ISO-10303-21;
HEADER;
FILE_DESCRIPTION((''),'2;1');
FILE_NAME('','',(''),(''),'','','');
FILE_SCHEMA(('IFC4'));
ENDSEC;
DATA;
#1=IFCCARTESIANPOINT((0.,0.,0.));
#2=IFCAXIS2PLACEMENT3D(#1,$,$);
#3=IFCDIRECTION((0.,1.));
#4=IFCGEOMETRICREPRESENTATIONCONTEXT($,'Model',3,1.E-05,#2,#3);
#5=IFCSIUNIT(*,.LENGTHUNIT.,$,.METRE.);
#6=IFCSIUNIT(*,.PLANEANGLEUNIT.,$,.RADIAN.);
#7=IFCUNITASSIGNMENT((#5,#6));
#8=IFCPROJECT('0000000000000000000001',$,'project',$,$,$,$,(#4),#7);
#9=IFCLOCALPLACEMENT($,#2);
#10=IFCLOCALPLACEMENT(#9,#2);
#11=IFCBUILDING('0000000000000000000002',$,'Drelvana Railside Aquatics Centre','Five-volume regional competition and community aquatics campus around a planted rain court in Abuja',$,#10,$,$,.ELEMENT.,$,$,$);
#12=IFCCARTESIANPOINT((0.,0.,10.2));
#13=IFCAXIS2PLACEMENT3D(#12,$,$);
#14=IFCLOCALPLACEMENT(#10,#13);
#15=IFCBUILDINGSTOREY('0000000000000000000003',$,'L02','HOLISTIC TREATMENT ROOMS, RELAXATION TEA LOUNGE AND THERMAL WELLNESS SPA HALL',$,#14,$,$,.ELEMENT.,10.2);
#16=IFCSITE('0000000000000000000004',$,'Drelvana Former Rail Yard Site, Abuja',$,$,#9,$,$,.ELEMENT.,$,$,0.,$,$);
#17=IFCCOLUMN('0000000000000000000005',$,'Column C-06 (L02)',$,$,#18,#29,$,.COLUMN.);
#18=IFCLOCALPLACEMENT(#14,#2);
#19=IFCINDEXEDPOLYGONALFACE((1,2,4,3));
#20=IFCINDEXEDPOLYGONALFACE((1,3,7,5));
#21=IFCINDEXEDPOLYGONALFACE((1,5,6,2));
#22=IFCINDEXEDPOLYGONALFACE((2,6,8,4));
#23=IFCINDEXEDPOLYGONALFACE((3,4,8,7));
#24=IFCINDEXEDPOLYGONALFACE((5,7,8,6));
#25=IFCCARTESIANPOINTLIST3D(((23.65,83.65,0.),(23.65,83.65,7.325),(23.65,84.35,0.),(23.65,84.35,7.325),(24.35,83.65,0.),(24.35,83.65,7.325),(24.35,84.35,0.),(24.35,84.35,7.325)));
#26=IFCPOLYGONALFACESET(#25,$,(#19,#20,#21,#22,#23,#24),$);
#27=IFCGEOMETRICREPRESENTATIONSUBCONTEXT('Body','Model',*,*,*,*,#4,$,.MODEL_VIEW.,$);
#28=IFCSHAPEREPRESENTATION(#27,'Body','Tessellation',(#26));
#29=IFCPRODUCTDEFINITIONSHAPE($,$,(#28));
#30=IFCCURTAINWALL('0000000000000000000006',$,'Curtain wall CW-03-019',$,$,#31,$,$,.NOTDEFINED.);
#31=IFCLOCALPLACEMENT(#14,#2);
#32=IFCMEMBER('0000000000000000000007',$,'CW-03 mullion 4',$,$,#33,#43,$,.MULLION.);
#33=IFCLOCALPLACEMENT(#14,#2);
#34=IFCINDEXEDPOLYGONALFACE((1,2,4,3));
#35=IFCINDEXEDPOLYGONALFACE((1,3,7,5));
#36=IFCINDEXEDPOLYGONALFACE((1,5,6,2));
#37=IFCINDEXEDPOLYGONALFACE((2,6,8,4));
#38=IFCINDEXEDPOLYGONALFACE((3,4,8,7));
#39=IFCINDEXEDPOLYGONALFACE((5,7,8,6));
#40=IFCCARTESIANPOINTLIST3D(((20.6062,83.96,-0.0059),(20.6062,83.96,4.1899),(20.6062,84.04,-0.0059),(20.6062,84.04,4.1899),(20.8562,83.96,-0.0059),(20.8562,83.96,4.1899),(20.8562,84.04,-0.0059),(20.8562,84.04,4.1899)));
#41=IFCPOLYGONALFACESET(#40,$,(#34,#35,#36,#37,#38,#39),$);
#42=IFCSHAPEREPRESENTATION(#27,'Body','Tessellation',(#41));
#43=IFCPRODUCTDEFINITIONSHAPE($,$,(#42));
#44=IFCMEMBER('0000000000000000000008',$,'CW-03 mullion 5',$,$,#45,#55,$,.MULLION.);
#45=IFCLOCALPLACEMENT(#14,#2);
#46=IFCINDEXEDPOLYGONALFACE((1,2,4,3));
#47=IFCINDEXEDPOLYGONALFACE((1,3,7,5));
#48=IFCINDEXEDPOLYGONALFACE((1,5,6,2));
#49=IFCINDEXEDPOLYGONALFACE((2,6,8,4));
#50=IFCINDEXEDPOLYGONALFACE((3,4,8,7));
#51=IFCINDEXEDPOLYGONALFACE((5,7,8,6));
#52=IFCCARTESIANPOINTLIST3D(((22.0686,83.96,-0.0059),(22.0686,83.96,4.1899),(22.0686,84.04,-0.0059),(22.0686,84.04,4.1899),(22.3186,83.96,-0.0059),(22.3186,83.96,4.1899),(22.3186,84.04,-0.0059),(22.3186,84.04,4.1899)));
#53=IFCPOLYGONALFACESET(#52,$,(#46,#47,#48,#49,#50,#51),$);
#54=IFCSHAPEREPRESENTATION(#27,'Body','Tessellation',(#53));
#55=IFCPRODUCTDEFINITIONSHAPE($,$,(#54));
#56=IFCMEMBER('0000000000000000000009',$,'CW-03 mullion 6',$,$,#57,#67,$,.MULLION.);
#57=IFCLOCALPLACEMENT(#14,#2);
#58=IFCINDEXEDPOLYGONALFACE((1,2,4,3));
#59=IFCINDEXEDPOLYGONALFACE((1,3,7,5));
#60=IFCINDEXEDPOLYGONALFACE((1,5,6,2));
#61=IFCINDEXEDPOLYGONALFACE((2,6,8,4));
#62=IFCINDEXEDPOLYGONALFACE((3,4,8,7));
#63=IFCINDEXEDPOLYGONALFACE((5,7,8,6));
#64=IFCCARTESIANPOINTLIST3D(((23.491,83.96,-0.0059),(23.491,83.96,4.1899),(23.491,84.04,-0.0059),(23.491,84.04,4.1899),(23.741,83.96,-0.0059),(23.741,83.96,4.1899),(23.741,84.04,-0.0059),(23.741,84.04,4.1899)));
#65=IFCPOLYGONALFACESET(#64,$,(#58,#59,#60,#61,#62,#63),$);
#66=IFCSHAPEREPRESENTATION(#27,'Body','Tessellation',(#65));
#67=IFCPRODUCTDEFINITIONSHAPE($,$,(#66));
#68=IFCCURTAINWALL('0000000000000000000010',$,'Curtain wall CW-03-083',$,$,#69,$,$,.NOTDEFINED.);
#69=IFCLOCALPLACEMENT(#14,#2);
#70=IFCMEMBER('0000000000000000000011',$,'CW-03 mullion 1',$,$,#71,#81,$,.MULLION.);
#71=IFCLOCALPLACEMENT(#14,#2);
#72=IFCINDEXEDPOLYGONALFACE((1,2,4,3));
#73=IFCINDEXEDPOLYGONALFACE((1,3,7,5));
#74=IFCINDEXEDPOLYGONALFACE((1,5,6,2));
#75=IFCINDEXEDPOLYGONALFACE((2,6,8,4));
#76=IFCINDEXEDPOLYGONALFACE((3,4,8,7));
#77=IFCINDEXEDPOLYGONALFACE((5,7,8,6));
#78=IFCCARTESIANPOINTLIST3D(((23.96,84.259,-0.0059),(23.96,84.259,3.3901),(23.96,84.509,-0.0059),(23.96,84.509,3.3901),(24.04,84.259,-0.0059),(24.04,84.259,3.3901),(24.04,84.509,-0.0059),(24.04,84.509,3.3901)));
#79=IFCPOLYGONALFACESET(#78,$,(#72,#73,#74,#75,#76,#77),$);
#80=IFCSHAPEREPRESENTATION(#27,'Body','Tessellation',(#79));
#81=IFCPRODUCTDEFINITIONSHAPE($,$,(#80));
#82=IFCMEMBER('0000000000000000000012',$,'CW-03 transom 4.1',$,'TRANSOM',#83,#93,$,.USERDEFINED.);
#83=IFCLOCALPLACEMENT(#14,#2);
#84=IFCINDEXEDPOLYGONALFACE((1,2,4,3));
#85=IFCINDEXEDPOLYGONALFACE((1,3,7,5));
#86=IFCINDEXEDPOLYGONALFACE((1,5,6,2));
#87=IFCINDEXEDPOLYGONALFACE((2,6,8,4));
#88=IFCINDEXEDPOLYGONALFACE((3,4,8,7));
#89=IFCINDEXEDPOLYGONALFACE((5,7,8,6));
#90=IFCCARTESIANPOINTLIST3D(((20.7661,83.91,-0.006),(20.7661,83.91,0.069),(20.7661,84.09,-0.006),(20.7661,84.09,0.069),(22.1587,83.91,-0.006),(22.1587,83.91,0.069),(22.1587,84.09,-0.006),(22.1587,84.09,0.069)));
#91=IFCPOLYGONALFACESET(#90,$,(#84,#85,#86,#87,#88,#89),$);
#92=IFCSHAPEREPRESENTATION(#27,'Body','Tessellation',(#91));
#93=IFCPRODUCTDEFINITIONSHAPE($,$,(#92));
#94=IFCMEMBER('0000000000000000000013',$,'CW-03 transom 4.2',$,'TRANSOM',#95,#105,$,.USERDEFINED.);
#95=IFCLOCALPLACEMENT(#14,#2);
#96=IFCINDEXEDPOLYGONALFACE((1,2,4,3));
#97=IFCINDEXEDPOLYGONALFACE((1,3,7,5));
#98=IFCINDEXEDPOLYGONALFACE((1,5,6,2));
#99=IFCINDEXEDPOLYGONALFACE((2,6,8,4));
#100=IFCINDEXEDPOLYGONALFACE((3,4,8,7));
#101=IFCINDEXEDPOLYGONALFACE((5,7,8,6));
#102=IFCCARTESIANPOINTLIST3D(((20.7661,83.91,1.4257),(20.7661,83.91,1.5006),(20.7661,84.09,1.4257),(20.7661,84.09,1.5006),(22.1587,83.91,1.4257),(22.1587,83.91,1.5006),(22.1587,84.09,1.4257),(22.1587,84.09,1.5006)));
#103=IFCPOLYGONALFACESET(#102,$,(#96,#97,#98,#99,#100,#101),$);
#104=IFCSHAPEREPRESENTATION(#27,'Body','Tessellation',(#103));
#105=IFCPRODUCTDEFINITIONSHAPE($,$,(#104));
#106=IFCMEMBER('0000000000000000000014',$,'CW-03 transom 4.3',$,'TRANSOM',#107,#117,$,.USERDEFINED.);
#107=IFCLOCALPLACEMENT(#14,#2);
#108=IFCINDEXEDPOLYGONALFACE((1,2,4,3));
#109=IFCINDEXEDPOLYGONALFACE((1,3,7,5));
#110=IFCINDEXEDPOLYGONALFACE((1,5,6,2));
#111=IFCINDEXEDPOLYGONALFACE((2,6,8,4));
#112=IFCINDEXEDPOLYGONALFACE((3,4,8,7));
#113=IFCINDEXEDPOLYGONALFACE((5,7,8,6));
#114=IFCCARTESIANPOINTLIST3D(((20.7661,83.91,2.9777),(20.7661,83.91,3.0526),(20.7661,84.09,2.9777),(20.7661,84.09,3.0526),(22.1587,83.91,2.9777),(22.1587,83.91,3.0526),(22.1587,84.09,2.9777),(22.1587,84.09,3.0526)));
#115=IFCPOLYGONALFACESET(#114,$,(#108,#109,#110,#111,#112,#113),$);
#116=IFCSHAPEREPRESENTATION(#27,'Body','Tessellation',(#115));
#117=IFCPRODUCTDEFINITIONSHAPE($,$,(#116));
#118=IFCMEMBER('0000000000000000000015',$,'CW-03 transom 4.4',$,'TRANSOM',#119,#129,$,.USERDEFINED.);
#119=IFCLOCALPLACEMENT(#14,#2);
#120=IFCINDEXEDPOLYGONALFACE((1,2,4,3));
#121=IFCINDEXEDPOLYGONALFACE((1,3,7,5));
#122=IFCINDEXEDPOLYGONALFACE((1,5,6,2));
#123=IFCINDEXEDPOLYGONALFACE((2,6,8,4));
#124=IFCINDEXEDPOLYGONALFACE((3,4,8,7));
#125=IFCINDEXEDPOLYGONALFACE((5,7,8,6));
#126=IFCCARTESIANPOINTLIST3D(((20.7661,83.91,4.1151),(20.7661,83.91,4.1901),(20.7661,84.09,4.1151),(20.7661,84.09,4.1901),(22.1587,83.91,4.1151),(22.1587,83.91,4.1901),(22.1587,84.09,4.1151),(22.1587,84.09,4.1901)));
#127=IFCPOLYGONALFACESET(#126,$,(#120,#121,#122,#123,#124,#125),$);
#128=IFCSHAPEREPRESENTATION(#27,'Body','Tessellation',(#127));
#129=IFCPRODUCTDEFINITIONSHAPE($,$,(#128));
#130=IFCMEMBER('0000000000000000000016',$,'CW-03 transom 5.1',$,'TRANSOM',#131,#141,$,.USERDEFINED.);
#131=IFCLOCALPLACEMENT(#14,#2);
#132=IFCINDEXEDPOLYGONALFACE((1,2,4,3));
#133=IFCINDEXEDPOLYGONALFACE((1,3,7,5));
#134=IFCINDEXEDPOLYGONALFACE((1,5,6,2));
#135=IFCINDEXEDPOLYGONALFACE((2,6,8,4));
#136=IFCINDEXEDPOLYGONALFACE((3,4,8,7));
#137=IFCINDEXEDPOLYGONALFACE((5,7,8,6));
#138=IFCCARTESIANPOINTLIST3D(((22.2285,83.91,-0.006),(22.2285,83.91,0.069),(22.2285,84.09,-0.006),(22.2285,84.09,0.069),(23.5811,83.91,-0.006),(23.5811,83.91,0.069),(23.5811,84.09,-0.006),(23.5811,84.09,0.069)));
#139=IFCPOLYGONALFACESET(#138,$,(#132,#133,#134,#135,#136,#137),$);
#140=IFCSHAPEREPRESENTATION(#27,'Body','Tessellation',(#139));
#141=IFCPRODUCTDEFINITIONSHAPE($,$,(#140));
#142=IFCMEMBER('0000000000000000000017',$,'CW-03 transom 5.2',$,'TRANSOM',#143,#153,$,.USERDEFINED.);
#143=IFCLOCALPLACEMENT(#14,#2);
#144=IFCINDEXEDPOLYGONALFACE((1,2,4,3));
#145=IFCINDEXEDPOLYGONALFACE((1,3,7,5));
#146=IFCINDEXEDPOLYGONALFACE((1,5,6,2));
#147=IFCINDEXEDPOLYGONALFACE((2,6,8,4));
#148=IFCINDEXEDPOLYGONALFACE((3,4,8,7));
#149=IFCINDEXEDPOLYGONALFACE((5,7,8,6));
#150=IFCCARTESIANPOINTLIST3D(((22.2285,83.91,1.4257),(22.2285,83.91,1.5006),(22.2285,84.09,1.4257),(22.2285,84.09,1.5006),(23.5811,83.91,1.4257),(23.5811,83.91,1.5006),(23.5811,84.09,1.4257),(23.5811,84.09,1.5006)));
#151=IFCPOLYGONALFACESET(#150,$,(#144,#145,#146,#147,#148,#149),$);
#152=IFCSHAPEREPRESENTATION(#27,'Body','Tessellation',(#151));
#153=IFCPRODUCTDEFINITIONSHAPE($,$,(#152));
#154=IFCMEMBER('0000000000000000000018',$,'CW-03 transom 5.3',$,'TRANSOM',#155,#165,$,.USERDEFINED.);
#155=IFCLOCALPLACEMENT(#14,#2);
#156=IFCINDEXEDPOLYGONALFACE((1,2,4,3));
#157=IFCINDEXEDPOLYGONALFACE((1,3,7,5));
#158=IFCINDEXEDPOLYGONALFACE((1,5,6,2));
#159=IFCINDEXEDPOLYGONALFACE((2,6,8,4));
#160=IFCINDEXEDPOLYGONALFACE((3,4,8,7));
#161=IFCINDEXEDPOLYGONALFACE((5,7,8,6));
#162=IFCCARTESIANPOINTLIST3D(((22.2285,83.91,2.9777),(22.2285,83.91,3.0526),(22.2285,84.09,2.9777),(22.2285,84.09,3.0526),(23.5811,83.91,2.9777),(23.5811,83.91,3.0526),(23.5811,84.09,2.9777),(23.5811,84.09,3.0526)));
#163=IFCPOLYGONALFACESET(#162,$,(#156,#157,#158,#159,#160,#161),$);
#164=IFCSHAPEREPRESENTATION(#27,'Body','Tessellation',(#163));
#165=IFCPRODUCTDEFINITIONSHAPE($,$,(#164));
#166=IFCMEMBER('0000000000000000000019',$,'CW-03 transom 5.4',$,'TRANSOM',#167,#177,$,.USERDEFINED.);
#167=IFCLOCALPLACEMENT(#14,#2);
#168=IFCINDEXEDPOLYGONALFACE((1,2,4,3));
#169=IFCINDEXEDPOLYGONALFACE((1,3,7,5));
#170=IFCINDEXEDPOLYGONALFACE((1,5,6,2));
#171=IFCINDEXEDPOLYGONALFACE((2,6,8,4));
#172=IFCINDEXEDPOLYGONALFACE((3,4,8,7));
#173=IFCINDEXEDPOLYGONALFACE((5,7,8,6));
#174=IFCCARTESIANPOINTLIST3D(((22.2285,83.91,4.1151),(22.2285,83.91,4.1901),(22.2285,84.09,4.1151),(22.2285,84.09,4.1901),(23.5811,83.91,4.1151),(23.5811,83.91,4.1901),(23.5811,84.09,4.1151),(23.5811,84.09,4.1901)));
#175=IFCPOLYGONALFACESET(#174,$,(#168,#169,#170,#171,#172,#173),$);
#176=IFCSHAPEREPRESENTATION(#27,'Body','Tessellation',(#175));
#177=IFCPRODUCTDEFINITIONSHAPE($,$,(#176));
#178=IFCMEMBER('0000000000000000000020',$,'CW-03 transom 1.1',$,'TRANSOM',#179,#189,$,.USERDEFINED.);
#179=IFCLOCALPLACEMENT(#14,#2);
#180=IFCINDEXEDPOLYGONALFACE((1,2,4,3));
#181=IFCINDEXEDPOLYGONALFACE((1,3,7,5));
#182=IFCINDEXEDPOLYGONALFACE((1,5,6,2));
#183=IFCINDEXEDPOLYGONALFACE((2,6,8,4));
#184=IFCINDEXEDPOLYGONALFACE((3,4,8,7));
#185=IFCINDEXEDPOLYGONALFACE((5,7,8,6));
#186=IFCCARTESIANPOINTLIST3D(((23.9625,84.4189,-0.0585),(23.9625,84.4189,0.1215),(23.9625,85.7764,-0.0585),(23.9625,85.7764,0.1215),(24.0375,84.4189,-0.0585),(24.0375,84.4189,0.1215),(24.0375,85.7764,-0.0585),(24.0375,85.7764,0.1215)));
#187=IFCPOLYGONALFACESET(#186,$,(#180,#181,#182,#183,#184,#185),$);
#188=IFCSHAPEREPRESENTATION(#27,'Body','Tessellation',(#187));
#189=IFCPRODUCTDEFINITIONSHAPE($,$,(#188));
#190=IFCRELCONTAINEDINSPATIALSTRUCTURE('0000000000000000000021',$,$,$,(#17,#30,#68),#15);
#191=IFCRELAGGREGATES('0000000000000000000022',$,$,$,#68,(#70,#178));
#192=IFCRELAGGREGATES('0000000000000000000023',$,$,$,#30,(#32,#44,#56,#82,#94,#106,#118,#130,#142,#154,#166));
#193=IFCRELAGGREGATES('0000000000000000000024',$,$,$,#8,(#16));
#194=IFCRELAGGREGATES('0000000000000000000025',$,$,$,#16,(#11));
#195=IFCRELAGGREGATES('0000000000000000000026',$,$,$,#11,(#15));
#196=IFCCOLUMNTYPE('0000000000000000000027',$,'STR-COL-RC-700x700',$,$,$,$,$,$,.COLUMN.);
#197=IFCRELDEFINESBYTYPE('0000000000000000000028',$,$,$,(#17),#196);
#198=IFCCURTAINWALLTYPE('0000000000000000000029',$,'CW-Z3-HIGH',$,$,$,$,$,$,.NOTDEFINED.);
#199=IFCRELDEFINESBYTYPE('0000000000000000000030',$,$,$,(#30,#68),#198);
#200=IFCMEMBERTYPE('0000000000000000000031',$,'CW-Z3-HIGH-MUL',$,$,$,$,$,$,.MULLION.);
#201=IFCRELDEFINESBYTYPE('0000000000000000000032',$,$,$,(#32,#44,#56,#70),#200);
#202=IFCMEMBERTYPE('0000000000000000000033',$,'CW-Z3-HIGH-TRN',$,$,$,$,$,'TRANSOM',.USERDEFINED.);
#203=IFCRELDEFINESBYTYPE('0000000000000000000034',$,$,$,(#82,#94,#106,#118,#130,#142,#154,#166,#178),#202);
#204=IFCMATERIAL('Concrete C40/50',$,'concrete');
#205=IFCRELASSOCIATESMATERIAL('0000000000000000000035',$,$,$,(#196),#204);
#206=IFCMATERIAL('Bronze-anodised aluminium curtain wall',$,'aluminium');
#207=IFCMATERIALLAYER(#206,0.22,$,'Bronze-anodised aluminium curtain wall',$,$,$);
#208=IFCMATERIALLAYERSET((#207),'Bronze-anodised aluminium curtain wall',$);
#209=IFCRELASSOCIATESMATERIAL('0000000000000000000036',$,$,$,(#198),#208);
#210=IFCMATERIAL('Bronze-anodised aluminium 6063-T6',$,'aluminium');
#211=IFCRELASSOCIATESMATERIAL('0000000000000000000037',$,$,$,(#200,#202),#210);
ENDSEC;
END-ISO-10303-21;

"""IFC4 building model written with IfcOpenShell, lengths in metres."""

from ifc_helpers import new_model, si_unit, direction, frame, origin, origin_2d, place, context, subcontext, project, spatial, rectangle, extrude, material, layer, layer_set, material_profile, profile_set, type_object, element, aggregate, save


model = new_model("IFC4")

# Units and contexts
model_context = context("Model", 3, precision=1e-05, world=origin(), true_north=direction((0.0, 1.0)))
body_context = subcontext(model_context, "Body", "Model", "MODEL_VIEW")
ifc_project = project(units=[si_unit("LENGTHUNIT", "METRE"), si_unit("PLANEANGLEUNIT", "RADIAN")], contexts=[model_context])

# Site, building, storey
site_placement = place(None, origin())
site = spatial("IfcSite", under=ifc_project, at=site_placement, Name="Drelvana Former Rail Yard Site, Abuja", CompositionType="ELEMENT", RefElevation=0.0)
building_placement = place(site_placement, origin())
building = spatial("IfcBuilding", under=site, at=building_placement, Name="Drelvana Railside Aquatics Centre", Description="Five-volume regional competition and community aquatics campus around a planted rain court in Abuja", CompositionType="ELEMENT")
storey_placement = place(building_placement, frame((0.0, 0.0, 10.2)))
storey = spatial("IfcBuildingStorey", under=building, at=storey_placement, Name="L02", Description="HOLISTIC TREATMENT ROOMS, RELAXATION TEA LOUNGE AND THERMAL WELLNESS SPA HALL", CompositionType="ELEMENT", Elevation=10.2)

# Column
ifc_material_1 = material(Name="Concrete C40/50", Category="concrete")
ifc_material_profile_1 = material_profile(ifc_material_1, rectangle(XDim=0.7, YDim=0.7, at=origin_2d()), Name="RC 700x700")
ifc_profile_set_1 = profile_set([ifc_material_profile_1], Name="Concrete C40/50")
column_type = type_object("IfcColumnType", Name="STR-COL-RC-700x700", PredefinedType="COLUMN", material=ifc_profile_set_1)
column_placement = place(storey_placement, frame((24.0, 84.0, 0.0), z_axis=(0.0, 0.0, 1.0), x_axis=(1.0, 0.0, 0.0)))
element("IfcColumn", 1, at=column_placement, inside=storey, type_object=column_type, Name="Column C-06 (L02)", PredefinedType="COLUMN", context=body_context, shape_type="SweptSolid", body=[
    extrude(rectangle(XDim=0.7, YDim=0.7, at=origin_2d()), origin(), (0.0, 0.0, 1.0), 7.325),
])

# Curtain wall, members
ifc_material_2 = material(Name="Bronze-anodised aluminium curtain wall", Category="aluminium")
ifc_layer_1 = layer(ifc_material_2, 0.22, Name="Bronze-anodised aluminium curtain wall")
ifc_layer_set_1 = layer_set([ifc_layer_1], Name="Bronze-anodised aluminium curtain wall")
curtain_wall_type = type_object("IfcCurtainWallType", Name="CW-Z3-HIGH", PredefinedType="NOTDEFINED", material=ifc_layer_set_1)
curtain_wall_1_placement = place(storey_placement, origin())
curtain_wall_1 = element("IfcCurtainWall", 2, at=curtain_wall_1_placement, inside=storey, type_object=curtain_wall_type, Name="Curtain wall CW-03-019", PredefinedType="NOTDEFINED")
ifc_material_3 = material(Name="Bronze-anodised aluminium 6063-T6", Category="aluminium")
ifc_material_profile_2 = material_profile(ifc_material_3, rectangle(XDim=0.0801, YDim=0.25, at=origin_2d()), Name="ALU-M 80x250")
ifc_profile_set_2 = profile_set([ifc_material_profile_2], Name="Bronze-anodised aluminium 6063-T6")
member_type_1 = type_object("IfcMemberType", Name="CW-Z3-HIGH-MUL", PredefinedType="MULLION", material=ifc_profile_set_2)
member_1_placement = place(storey_placement, frame((20.7312, 84.0, -0.0059), z_axis=(0.0, 0.0, 1.0), x_axis=(0.0, 1.0, 0.0)))
member_1 = element("IfcMember", 3, at=member_1_placement, type_object=member_type_1, Name="CW-03 mullion 4", PredefinedType="MULLION", context=body_context, shape_type="SweptSolid", body=[
    extrude(rectangle(XDim=0.0801, YDim=0.25, at=origin_2d()), origin(), (0.0, 0.0, 1.0), 4.1958),
])
member_2_placement = place(storey_placement, frame((22.1936, 84.0, -0.0059), z_axis=(0.0, 0.0, 1.0), x_axis=(0.0, 1.0, 0.0)))
member_2 = element("IfcMember", 4, at=member_2_placement, type_object=member_type_1, Name="CW-03 mullion 5", PredefinedType="MULLION", context=body_context, shape_type="SweptSolid", body=[
    extrude(rectangle(XDim=0.0801, YDim=0.25, at=origin_2d()), origin(), (0.0, 0.0, 1.0), 4.1958),
])
member_3_placement = place(storey_placement, frame((23.616, 84.0, -0.0059), z_axis=(0.0, 0.0, 1.0), x_axis=(0.0, 1.0, 0.0)))
member_3 = element("IfcMember", 5, at=member_3_placement, type_object=member_type_1, Name="CW-03 mullion 6", PredefinedType="MULLION", context=body_context, shape_type="SweptSolid", body=[
    extrude(rectangle(XDim=0.0801, YDim=0.25, at=origin_2d()), origin(), (0.0, 0.0, 1.0), 4.1958),
])

# Curtain wall, member
curtain_wall_2_placement = place(storey_placement, origin())
curtain_wall_2 = element("IfcCurtainWall", 6, at=curtain_wall_2_placement, inside=storey, type_object=curtain_wall_type, Name="Curtain wall CW-03-083", PredefinedType="NOTDEFINED")
member_4_placement = place(storey_placement, frame((24.0, 84.384, -0.0059), z_axis=(0.0, 0.0, 1.0), x_axis=(-1.0, 0.0, 0.0)))
member_4 = element("IfcMember", 7, at=member_4_placement, type_object=member_type_1, Name="CW-03 mullion 1", PredefinedType="MULLION", context=body_context, shape_type="SweptSolid", body=[
    extrude(rectangle(XDim=0.0801, YDim=0.25, at=origin_2d()), origin(), (0.0, 0.0, 1.0), 3.396),
])

# Members
ifc_material_profile_3 = material_profile(ifc_material_3, rectangle(XDim=0.1799, YDim=0.075, at=origin_2d()), Name="ALU-T 75x180")
ifc_profile_set_3 = profile_set([ifc_material_profile_3], Name="Bronze-anodised aluminium 6063-T6")
member_type_2 = type_object("IfcMemberType", Name="CW-Z3-HIGH-TRN", ElementType="TRANSOM", PredefinedType="USERDEFINED", material=ifc_profile_set_3)
member_5_placement = place(storey_placement, frame((20.7661, 84.0, 0.0315), z_axis=(1.0, 0.0, 0.0), x_axis=(0.0, 1.0, 0.0)))
member_5 = element("IfcMember", 8, at=member_5_placement, type_object=member_type_2, Name="CW-03 transom 4.1", ObjectType="TRANSOM", PredefinedType="USERDEFINED", context=body_context, shape_type="SweptSolid", body=[
    extrude(rectangle(XDim=0.1799, YDim=0.075, at=origin_2d()), origin(), (0.0, 0.0, 1.0), 1.3926),
])
member_6_placement = place(storey_placement, frame((20.7661, 84.0, 1.4631), z_axis=(1.0, 0.0, 0.0), x_axis=(0.0, 1.0, 0.0)))
member_6 = element("IfcMember", 9, at=member_6_placement, type_object=member_type_2, Name="CW-03 transom 4.2", ObjectType="TRANSOM", PredefinedType="USERDEFINED", context=body_context, shape_type="SweptSolid", body=[
    extrude(rectangle(XDim=0.1799, YDim=0.075, at=origin_2d()), origin(), (0.0, 0.0, 1.0), 1.3926),
])
member_7_placement = place(storey_placement, frame((20.7661, 84.0, 3.0151), z_axis=(1.0, 0.0, 0.0), x_axis=(0.0, 1.0, 0.0)))
member_7 = element("IfcMember", 10, at=member_7_placement, type_object=member_type_2, Name="CW-03 transom 4.3", ObjectType="TRANSOM", PredefinedType="USERDEFINED", context=body_context, shape_type="SweptSolid", body=[
    extrude(rectangle(XDim=0.1799, YDim=0.075, at=origin_2d()), origin(), (0.0, 0.0, 1.0), 1.3926),
])
member_8_placement = place(storey_placement, frame((20.7661, 84.0, 4.1526), z_axis=(1.0, 0.0, 0.0), x_axis=(0.0, 1.0, 0.0)))
member_8 = element("IfcMember", 11, at=member_8_placement, type_object=member_type_2, Name="CW-03 transom 4.4", ObjectType="TRANSOM", PredefinedType="USERDEFINED", context=body_context, shape_type="SweptSolid", body=[
    extrude(rectangle(XDim=0.1799, YDim=0.075, at=origin_2d()), origin(), (0.0, 0.0, 1.0), 1.3926),
])
member_9_placement = place(storey_placement, frame((22.2285, 84.0, 0.0315), z_axis=(1.0, 0.0, 0.0), x_axis=(0.0, 1.0, 0.0)))
member_9 = element("IfcMember", 12, at=member_9_placement, type_object=member_type_2, Name="CW-03 transom 5.1", ObjectType="TRANSOM", PredefinedType="USERDEFINED", context=body_context, shape_type="SweptSolid", body=[
    extrude(rectangle(XDim=0.1799, YDim=0.075, at=origin_2d()), origin(), (0.0, 0.0, 1.0), 1.3525),
])
member_10_placement = place(storey_placement, frame((22.2285, 84.0, 1.4631), z_axis=(1.0, 0.0, 0.0), x_axis=(0.0, 1.0, 0.0)))
member_10 = element("IfcMember", 13, at=member_10_placement, type_object=member_type_2, Name="CW-03 transom 5.2", ObjectType="TRANSOM", PredefinedType="USERDEFINED", context=body_context, shape_type="SweptSolid", body=[
    extrude(rectangle(XDim=0.1799, YDim=0.075, at=origin_2d()), origin(), (0.0, 0.0, 1.0), 1.3525),
])
member_11_placement = place(storey_placement, frame((22.2285, 84.0, 3.0151), z_axis=(1.0, 0.0, 0.0), x_axis=(0.0, 1.0, 0.0)))
member_11 = element("IfcMember", 14, at=member_11_placement, type_object=member_type_2, Name="CW-03 transom 5.3", ObjectType="TRANSOM", PredefinedType="USERDEFINED", context=body_context, shape_type="SweptSolid", body=[
    extrude(rectangle(XDim=0.1799, YDim=0.075, at=origin_2d()), origin(), (0.0, 0.0, 1.0), 1.3525),
])
member_12_placement = place(storey_placement, frame((22.2285, 84.0, 4.1526), z_axis=(1.0, 0.0, 0.0), x_axis=(0.0, 1.0, 0.0)))
member_12 = element("IfcMember", 15, at=member_12_placement, type_object=member_type_2, Name="CW-03 transom 5.4", ObjectType="TRANSOM", PredefinedType="USERDEFINED", context=body_context, shape_type="SweptSolid", body=[
    extrude(rectangle(XDim=0.1799, YDim=0.075, at=origin_2d()), origin(), (0.0, 0.0, 1.0), 1.3525),
])
member_13_placement = place(storey_placement, frame((24.0, 84.4189, 0.0315), z_axis=(0.0, 1.0, 0.0), x_axis=(0.0, 0.0, 1.0)))
member_13 = element("IfcMember", 16, at=member_13_placement, type_object=member_type_2, Name="CW-03 transom 1.1", ObjectType="TRANSOM", PredefinedType="USERDEFINED", context=body_context, shape_type="SweptSolid", body=[
    extrude(rectangle(XDim=0.1799, YDim=0.075, at=origin_2d()), origin(), (0.0, 0.0, 1.0), 1.3574),
])
aggregate(curtain_wall_2, [member_4, member_13])

aggregate(curtain_wall_1, [member_1, member_2, member_3, member_5, member_6, member_7, member_8, member_9, member_10, member_11, member_12])

save(model, "model.ifc")
